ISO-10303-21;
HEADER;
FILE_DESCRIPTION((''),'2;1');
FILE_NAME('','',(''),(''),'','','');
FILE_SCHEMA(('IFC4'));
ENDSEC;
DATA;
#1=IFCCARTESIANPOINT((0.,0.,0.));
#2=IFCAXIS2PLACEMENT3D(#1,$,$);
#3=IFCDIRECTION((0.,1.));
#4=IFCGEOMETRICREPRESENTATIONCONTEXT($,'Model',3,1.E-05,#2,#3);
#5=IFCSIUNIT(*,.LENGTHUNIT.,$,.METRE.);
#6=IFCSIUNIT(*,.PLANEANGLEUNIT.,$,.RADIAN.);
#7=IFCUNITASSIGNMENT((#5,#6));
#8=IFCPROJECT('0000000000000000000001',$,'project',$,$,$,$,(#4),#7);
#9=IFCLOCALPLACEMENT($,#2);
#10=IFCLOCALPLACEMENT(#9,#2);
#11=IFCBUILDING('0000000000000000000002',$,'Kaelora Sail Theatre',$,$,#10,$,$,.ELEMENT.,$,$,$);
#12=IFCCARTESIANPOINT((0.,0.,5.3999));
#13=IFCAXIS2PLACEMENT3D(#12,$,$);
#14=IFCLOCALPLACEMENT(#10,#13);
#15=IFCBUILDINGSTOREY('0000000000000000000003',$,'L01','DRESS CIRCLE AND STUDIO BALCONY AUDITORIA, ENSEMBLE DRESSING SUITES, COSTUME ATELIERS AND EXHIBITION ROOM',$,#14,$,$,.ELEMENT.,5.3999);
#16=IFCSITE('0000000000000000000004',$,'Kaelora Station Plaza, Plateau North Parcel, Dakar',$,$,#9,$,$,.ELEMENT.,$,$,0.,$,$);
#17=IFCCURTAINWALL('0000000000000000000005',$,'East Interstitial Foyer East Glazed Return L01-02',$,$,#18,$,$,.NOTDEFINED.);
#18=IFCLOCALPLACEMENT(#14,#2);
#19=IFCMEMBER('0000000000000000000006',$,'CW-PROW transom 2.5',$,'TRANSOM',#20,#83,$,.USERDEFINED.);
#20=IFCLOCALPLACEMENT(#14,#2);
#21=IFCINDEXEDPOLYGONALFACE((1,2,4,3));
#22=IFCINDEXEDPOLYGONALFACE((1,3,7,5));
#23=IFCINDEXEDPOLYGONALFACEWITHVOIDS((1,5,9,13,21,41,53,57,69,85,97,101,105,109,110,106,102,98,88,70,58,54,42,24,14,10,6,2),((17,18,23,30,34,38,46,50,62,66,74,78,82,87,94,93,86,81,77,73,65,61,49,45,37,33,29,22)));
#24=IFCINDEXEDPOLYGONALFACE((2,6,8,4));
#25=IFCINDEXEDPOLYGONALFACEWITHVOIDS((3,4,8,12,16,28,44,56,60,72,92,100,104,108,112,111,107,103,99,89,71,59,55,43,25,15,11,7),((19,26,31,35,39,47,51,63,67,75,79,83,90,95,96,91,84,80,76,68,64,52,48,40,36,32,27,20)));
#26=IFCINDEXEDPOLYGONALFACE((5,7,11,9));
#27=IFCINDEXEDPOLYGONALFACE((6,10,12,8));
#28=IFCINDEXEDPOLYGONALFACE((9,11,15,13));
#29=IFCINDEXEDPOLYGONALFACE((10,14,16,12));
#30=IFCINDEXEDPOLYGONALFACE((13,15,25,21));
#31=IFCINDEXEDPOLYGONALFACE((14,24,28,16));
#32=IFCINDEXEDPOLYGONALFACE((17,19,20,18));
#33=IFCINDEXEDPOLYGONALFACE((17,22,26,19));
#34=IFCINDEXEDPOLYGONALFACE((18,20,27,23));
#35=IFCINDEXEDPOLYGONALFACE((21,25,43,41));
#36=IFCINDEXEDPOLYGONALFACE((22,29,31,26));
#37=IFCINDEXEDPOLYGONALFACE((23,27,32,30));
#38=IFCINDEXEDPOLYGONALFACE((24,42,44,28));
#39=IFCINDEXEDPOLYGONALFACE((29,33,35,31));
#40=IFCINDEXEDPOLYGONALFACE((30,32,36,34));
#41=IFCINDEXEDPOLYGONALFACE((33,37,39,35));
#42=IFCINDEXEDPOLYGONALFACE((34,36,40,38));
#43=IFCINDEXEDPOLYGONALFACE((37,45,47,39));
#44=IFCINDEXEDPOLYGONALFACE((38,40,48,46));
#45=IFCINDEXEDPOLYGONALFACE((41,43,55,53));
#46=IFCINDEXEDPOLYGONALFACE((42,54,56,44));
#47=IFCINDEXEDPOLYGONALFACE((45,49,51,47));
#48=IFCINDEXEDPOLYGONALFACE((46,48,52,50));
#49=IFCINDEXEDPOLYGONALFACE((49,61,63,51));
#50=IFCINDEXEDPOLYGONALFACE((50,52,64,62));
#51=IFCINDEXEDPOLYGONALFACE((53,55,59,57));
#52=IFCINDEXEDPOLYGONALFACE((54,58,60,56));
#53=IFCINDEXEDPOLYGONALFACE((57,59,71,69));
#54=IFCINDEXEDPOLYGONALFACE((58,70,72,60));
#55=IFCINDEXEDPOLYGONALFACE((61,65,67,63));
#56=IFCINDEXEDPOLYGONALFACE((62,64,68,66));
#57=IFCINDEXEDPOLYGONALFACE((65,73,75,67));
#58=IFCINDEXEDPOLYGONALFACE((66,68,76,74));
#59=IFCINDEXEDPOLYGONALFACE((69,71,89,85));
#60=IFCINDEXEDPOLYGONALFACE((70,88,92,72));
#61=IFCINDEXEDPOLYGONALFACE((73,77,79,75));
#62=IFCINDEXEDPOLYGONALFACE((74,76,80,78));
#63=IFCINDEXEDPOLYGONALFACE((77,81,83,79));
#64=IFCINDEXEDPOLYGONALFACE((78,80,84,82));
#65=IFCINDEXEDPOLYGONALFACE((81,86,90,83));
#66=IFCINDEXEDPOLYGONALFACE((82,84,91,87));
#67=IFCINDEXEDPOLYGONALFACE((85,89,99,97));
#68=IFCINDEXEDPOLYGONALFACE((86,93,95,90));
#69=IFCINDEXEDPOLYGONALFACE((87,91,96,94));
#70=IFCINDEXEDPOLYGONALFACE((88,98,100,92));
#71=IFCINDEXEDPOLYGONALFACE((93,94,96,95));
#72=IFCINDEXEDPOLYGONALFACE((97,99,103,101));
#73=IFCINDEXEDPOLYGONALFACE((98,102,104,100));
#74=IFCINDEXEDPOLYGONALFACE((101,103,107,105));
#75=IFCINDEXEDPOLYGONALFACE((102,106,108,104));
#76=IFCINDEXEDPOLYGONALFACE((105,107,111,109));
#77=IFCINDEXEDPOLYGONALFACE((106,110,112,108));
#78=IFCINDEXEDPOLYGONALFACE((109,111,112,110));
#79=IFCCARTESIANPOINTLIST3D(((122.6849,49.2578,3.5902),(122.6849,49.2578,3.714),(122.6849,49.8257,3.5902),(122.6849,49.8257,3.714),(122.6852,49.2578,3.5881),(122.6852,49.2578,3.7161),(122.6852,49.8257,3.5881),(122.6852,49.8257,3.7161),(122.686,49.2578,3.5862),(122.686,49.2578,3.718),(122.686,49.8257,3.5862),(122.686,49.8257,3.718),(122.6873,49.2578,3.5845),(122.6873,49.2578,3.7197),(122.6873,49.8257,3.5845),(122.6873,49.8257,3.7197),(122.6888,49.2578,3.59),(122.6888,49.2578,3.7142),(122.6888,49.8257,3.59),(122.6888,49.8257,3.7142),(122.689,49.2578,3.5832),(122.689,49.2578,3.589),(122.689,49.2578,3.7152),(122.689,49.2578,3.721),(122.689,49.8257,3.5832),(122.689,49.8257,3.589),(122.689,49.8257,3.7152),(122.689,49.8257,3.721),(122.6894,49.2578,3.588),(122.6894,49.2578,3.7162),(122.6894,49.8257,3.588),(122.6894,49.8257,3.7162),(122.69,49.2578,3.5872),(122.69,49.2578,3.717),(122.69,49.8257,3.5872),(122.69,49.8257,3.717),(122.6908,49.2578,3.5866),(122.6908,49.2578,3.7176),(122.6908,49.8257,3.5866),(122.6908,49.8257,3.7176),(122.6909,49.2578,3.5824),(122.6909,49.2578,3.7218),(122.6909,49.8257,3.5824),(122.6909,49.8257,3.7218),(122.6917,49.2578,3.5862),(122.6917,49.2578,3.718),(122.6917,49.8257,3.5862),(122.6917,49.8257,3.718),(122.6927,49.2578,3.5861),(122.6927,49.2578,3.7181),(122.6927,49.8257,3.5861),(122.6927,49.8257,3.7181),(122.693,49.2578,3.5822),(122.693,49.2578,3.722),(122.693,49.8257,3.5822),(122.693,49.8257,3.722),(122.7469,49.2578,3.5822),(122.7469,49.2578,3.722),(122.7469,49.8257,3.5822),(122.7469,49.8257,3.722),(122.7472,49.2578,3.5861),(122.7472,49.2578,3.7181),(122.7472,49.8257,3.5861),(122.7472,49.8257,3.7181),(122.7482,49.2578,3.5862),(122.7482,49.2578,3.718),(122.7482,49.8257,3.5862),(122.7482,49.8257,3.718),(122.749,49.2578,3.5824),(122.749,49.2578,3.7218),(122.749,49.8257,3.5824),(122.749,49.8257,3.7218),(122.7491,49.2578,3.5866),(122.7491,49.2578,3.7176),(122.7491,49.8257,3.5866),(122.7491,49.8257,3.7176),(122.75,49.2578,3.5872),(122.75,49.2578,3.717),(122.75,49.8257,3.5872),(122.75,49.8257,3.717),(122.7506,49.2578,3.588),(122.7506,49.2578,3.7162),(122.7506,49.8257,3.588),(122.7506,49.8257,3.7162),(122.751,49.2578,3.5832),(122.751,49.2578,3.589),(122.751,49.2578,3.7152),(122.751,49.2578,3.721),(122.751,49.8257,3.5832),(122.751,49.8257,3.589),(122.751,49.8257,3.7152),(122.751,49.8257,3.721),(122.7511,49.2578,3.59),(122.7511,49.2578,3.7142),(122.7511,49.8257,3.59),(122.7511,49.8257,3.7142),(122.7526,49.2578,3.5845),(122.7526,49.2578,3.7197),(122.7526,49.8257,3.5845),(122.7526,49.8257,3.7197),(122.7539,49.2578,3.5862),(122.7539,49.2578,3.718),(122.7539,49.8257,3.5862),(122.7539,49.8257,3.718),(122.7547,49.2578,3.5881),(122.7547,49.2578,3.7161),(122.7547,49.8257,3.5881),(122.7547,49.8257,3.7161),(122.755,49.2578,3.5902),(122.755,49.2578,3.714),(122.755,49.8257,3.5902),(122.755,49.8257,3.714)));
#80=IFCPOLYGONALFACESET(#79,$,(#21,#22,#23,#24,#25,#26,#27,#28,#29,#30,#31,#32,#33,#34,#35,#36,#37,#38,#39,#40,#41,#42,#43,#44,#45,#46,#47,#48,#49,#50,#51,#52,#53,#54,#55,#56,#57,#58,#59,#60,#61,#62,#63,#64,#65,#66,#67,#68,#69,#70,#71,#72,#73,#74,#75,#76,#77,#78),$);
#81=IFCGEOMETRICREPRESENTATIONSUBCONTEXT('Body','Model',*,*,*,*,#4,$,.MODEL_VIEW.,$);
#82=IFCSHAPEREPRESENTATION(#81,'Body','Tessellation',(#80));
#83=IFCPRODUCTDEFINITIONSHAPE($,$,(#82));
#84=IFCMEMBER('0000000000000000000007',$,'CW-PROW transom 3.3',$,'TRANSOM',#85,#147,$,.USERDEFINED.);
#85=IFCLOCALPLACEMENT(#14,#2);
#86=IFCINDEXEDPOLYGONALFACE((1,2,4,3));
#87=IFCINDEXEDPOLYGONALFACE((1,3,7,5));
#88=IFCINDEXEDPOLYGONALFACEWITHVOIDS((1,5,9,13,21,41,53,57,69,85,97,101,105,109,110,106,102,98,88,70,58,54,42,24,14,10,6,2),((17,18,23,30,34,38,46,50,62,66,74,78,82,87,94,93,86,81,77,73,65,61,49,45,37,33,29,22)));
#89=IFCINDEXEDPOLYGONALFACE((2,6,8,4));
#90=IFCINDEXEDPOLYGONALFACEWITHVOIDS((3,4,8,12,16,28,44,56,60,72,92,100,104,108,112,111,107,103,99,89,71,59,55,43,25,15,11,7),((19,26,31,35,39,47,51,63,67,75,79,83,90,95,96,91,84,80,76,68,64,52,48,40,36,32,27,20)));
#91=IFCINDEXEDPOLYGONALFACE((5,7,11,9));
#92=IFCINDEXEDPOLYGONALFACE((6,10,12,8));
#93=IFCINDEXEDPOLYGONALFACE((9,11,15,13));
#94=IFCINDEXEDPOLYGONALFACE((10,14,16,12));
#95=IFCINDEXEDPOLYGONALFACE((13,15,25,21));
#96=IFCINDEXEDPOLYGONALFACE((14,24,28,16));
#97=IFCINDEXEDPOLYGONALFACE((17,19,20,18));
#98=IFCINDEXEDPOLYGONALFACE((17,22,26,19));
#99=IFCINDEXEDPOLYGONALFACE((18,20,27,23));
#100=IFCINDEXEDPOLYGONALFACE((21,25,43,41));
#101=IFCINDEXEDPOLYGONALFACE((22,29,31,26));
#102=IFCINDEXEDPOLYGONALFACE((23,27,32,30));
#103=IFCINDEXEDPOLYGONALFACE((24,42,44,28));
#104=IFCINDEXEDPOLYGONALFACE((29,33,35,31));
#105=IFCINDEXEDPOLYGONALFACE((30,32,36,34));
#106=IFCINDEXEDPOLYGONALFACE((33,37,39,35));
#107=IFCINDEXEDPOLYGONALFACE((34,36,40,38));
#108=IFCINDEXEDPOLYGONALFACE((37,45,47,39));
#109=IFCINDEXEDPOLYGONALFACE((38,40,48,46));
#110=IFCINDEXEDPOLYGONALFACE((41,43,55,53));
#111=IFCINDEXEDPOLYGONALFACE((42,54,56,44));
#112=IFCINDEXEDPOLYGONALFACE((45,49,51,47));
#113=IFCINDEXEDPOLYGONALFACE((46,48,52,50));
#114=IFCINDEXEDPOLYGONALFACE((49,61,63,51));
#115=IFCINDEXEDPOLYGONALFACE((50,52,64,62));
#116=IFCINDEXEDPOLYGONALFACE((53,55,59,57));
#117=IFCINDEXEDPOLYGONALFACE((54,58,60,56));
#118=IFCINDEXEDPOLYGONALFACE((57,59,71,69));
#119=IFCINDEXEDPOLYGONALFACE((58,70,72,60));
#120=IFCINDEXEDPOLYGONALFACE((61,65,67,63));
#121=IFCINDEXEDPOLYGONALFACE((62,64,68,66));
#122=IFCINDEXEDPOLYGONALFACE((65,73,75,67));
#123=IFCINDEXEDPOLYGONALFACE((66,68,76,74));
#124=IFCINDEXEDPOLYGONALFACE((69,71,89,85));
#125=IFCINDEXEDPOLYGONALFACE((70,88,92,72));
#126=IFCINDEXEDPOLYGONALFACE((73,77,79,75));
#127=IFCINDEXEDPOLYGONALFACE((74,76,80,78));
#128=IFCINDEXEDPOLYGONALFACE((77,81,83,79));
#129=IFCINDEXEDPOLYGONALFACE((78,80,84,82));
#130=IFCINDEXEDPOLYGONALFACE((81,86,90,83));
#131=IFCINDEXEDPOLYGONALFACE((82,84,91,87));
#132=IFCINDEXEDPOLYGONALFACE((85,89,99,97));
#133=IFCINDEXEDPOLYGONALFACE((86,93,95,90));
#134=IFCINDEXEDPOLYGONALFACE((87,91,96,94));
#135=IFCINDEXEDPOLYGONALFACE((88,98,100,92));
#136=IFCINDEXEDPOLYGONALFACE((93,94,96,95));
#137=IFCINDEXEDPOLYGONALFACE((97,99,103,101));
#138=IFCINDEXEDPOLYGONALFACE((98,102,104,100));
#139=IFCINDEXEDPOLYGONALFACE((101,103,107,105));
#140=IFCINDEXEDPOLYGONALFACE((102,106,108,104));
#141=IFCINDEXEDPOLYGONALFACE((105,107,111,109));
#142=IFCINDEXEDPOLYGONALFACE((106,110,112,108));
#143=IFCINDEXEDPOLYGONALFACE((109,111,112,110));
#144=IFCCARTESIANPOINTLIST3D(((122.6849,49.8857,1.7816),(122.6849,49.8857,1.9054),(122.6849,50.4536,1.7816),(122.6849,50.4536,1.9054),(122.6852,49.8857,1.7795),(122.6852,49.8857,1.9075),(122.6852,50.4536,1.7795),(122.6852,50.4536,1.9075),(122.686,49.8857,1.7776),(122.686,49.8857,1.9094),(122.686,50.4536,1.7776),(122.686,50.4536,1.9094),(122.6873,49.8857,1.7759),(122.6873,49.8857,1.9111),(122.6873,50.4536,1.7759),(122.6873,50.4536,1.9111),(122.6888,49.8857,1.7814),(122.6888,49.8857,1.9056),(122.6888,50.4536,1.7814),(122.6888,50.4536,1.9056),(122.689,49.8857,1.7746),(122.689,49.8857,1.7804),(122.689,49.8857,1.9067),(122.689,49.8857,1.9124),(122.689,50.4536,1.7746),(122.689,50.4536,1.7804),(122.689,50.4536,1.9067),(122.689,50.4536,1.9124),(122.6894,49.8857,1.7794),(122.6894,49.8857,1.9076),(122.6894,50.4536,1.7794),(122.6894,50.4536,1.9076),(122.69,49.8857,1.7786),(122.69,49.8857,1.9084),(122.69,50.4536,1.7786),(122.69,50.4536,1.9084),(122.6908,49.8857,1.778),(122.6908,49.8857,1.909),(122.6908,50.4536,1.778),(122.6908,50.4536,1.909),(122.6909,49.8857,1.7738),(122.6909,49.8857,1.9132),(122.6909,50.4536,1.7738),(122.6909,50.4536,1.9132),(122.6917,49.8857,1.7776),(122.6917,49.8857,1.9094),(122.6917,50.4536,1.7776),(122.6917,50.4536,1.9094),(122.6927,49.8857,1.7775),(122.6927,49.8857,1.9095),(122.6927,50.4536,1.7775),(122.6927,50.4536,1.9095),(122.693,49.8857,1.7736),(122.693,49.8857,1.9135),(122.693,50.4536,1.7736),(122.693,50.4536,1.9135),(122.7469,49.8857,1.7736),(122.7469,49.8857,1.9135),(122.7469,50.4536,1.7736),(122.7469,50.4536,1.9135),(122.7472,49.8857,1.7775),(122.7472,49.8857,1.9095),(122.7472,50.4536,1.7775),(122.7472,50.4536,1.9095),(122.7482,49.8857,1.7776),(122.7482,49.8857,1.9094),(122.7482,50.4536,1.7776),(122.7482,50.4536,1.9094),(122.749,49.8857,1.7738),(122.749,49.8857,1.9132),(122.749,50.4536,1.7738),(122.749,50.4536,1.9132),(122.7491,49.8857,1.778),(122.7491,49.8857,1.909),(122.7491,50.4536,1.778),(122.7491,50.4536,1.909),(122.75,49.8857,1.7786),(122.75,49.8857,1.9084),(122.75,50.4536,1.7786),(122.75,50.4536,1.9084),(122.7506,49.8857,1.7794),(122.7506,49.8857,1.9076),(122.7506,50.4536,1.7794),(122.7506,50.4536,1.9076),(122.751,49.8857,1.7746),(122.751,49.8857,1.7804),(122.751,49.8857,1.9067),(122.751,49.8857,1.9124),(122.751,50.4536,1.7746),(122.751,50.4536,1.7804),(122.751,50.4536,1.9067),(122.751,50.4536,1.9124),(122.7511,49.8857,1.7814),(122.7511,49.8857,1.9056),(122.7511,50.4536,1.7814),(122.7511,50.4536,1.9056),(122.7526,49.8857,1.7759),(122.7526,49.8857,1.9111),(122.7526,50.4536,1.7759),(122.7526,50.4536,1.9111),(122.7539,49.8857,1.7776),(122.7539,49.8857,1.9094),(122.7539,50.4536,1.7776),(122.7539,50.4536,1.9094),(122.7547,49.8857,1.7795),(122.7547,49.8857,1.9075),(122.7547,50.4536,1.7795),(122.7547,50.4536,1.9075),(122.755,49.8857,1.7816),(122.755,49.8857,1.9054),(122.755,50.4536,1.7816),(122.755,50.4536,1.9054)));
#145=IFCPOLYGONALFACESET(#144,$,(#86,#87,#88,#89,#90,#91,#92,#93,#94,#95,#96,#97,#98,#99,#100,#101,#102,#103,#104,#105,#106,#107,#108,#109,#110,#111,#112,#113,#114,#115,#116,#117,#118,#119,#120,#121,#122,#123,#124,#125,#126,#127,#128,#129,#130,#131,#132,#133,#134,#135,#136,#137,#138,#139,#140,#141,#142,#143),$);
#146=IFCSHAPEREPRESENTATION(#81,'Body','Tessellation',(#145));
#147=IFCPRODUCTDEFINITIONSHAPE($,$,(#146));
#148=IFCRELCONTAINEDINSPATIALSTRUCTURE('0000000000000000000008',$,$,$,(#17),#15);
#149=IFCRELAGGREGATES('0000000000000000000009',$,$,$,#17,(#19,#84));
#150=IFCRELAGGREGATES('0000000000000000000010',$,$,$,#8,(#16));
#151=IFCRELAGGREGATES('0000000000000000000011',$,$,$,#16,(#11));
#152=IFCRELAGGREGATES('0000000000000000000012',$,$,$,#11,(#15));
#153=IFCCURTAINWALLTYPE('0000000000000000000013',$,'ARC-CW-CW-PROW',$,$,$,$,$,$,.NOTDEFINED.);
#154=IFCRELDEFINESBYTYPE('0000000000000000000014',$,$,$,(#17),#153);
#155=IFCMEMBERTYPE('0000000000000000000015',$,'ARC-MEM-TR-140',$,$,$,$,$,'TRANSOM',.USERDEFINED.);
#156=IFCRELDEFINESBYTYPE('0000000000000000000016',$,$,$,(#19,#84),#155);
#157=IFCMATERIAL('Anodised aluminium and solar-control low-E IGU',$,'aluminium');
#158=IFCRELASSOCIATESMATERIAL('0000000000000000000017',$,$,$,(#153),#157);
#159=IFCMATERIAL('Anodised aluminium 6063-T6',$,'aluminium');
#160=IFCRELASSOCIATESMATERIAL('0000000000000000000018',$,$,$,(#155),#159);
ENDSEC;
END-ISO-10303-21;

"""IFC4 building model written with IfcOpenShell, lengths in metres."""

from ifc_helpers import new_model, si_unit, direction, frame, origin, origin_2d, place, context, subcontext, project, spatial, hollow_rectangle, extrude, material, material_profile, profile_set, type_object, element, aggregate, save


model = new_model("IFC4")

# Units and contexts
model_context = context("Model", 3, precision=1e-05, world=origin(), true_north=direction((0.0, 1.0)))
body_context = subcontext(model_context, "Body", "Model", "MODEL_VIEW")
ifc_project = project(units=[si_unit("LENGTHUNIT", "METRE"), si_unit("PLANEANGLEUNIT", "RADIAN")], contexts=[model_context])

# Site, building, storey
site_placement = place(None, origin())
site = spatial("IfcSite", under=ifc_project, at=site_placement, Name="Kaelora Station Plaza, Plateau North Parcel, Dakar", CompositionType="ELEMENT", RefElevation=0.0)
building_placement = place(site_placement, origin())
building = spatial("IfcBuilding", under=site, at=building_placement, Name="Kaelora Sail Theatre", CompositionType="ELEMENT")
storey_placement = place(building_placement, frame((0.0, 0.0, 5.3999)))
storey = spatial("IfcBuildingStorey", under=building, at=storey_placement, Name="L01", Description="DRESS CIRCLE AND STUDIO BALCONY AUDITORIA, ENSEMBLE DRESSING SUITES, COSTUME ATELIERS AND EXHIBITION ROOM", CompositionType="ELEMENT", Elevation=5.3999)

# Curtain wall, members
ifc_material_1 = material(Name="Anodised aluminium and solar-control low-E IGU", Category="aluminium")
curtain_wall_type = type_object("IfcCurtainWallType", Name="ARC-CW-CW-PROW", PredefinedType="NOTDEFINED", material=ifc_material_1)
ifc_material_2 = material(Name="Anodised aluminium 6063-T6", Category="aluminium")
ifc_material_profile_1 = material_profile(ifc_material_2, hollow_rectangle(XDim=0.0701, YDim=0.1399, WallThickness=0.0039, InnerFilletRadius=0.0039, OuterFilletRadius=0.0081, at=origin_2d()), Name="ALU-TRAN 70x140x4")
ifc_profile_set_1 = profile_set([ifc_material_profile_1], Name="Anodised aluminium 6063-T6")
member_type_1 = type_object("IfcMemberType", Name="ARC-MEM-TR-140", ElementType="TRANSOM", PredefinedType="USERDEFINED", material=ifc_profile_set_1)
curtain_wall_1_placement = place(storey_placement, origin())
curtain_wall_1 = element("IfcCurtainWall", 1, at=curtain_wall_1_placement, inside=storey, type_object=curtain_wall_type, Name="East Interstitial Foyer East Glazed Return L01-02", PredefinedType="NOTDEFINED")
member_1_placement = place(storey_placement, frame((122.72, 49.2578, 3.6521), z_axis=(0.0, 1.0, 0.0), x_axis=(-1.0, 0.0, 0.0)))
member_1 = element("IfcMember", 2, at=member_1_placement, type_object=member_type_1, Name="CW-PROW transom 2.5", ObjectType="TRANSOM", PredefinedType="USERDEFINED", context=body_context, shape_type="SweptSolid", body=[
    extrude(hollow_rectangle(XDim=0.0701, YDim=0.1399, WallThickness=0.0039, InnerFilletRadius=0.0039, OuterFilletRadius=0.0081, at=origin_2d()), origin(), (0.0, 0.0, 1.0), 0.5679),
])
member_2_placement = place(storey_placement, frame((122.72, 49.8857, 1.8435), z_axis=(0.0, 1.0, 0.0), x_axis=(-1.0, 0.0, 0.0)))
member_2 = element("IfcMember", 3, at=member_2_placement, type_object=member_type_1, Name="CW-PROW transom 3.3", ObjectType="TRANSOM", PredefinedType="USERDEFINED", context=body_context, shape_type="SweptSolid", body=[
    extrude(hollow_rectangle(XDim=0.0701, YDim=0.1399, WallThickness=0.0039, InnerFilletRadius=0.0039, OuterFilletRadius=0.0081, at=origin_2d()), origin(), (0.0, 0.0, 1.0), 0.5679),
])

aggregate(curtain_wall_1, [member_1, member_2])

save(model, "model.ifc")
